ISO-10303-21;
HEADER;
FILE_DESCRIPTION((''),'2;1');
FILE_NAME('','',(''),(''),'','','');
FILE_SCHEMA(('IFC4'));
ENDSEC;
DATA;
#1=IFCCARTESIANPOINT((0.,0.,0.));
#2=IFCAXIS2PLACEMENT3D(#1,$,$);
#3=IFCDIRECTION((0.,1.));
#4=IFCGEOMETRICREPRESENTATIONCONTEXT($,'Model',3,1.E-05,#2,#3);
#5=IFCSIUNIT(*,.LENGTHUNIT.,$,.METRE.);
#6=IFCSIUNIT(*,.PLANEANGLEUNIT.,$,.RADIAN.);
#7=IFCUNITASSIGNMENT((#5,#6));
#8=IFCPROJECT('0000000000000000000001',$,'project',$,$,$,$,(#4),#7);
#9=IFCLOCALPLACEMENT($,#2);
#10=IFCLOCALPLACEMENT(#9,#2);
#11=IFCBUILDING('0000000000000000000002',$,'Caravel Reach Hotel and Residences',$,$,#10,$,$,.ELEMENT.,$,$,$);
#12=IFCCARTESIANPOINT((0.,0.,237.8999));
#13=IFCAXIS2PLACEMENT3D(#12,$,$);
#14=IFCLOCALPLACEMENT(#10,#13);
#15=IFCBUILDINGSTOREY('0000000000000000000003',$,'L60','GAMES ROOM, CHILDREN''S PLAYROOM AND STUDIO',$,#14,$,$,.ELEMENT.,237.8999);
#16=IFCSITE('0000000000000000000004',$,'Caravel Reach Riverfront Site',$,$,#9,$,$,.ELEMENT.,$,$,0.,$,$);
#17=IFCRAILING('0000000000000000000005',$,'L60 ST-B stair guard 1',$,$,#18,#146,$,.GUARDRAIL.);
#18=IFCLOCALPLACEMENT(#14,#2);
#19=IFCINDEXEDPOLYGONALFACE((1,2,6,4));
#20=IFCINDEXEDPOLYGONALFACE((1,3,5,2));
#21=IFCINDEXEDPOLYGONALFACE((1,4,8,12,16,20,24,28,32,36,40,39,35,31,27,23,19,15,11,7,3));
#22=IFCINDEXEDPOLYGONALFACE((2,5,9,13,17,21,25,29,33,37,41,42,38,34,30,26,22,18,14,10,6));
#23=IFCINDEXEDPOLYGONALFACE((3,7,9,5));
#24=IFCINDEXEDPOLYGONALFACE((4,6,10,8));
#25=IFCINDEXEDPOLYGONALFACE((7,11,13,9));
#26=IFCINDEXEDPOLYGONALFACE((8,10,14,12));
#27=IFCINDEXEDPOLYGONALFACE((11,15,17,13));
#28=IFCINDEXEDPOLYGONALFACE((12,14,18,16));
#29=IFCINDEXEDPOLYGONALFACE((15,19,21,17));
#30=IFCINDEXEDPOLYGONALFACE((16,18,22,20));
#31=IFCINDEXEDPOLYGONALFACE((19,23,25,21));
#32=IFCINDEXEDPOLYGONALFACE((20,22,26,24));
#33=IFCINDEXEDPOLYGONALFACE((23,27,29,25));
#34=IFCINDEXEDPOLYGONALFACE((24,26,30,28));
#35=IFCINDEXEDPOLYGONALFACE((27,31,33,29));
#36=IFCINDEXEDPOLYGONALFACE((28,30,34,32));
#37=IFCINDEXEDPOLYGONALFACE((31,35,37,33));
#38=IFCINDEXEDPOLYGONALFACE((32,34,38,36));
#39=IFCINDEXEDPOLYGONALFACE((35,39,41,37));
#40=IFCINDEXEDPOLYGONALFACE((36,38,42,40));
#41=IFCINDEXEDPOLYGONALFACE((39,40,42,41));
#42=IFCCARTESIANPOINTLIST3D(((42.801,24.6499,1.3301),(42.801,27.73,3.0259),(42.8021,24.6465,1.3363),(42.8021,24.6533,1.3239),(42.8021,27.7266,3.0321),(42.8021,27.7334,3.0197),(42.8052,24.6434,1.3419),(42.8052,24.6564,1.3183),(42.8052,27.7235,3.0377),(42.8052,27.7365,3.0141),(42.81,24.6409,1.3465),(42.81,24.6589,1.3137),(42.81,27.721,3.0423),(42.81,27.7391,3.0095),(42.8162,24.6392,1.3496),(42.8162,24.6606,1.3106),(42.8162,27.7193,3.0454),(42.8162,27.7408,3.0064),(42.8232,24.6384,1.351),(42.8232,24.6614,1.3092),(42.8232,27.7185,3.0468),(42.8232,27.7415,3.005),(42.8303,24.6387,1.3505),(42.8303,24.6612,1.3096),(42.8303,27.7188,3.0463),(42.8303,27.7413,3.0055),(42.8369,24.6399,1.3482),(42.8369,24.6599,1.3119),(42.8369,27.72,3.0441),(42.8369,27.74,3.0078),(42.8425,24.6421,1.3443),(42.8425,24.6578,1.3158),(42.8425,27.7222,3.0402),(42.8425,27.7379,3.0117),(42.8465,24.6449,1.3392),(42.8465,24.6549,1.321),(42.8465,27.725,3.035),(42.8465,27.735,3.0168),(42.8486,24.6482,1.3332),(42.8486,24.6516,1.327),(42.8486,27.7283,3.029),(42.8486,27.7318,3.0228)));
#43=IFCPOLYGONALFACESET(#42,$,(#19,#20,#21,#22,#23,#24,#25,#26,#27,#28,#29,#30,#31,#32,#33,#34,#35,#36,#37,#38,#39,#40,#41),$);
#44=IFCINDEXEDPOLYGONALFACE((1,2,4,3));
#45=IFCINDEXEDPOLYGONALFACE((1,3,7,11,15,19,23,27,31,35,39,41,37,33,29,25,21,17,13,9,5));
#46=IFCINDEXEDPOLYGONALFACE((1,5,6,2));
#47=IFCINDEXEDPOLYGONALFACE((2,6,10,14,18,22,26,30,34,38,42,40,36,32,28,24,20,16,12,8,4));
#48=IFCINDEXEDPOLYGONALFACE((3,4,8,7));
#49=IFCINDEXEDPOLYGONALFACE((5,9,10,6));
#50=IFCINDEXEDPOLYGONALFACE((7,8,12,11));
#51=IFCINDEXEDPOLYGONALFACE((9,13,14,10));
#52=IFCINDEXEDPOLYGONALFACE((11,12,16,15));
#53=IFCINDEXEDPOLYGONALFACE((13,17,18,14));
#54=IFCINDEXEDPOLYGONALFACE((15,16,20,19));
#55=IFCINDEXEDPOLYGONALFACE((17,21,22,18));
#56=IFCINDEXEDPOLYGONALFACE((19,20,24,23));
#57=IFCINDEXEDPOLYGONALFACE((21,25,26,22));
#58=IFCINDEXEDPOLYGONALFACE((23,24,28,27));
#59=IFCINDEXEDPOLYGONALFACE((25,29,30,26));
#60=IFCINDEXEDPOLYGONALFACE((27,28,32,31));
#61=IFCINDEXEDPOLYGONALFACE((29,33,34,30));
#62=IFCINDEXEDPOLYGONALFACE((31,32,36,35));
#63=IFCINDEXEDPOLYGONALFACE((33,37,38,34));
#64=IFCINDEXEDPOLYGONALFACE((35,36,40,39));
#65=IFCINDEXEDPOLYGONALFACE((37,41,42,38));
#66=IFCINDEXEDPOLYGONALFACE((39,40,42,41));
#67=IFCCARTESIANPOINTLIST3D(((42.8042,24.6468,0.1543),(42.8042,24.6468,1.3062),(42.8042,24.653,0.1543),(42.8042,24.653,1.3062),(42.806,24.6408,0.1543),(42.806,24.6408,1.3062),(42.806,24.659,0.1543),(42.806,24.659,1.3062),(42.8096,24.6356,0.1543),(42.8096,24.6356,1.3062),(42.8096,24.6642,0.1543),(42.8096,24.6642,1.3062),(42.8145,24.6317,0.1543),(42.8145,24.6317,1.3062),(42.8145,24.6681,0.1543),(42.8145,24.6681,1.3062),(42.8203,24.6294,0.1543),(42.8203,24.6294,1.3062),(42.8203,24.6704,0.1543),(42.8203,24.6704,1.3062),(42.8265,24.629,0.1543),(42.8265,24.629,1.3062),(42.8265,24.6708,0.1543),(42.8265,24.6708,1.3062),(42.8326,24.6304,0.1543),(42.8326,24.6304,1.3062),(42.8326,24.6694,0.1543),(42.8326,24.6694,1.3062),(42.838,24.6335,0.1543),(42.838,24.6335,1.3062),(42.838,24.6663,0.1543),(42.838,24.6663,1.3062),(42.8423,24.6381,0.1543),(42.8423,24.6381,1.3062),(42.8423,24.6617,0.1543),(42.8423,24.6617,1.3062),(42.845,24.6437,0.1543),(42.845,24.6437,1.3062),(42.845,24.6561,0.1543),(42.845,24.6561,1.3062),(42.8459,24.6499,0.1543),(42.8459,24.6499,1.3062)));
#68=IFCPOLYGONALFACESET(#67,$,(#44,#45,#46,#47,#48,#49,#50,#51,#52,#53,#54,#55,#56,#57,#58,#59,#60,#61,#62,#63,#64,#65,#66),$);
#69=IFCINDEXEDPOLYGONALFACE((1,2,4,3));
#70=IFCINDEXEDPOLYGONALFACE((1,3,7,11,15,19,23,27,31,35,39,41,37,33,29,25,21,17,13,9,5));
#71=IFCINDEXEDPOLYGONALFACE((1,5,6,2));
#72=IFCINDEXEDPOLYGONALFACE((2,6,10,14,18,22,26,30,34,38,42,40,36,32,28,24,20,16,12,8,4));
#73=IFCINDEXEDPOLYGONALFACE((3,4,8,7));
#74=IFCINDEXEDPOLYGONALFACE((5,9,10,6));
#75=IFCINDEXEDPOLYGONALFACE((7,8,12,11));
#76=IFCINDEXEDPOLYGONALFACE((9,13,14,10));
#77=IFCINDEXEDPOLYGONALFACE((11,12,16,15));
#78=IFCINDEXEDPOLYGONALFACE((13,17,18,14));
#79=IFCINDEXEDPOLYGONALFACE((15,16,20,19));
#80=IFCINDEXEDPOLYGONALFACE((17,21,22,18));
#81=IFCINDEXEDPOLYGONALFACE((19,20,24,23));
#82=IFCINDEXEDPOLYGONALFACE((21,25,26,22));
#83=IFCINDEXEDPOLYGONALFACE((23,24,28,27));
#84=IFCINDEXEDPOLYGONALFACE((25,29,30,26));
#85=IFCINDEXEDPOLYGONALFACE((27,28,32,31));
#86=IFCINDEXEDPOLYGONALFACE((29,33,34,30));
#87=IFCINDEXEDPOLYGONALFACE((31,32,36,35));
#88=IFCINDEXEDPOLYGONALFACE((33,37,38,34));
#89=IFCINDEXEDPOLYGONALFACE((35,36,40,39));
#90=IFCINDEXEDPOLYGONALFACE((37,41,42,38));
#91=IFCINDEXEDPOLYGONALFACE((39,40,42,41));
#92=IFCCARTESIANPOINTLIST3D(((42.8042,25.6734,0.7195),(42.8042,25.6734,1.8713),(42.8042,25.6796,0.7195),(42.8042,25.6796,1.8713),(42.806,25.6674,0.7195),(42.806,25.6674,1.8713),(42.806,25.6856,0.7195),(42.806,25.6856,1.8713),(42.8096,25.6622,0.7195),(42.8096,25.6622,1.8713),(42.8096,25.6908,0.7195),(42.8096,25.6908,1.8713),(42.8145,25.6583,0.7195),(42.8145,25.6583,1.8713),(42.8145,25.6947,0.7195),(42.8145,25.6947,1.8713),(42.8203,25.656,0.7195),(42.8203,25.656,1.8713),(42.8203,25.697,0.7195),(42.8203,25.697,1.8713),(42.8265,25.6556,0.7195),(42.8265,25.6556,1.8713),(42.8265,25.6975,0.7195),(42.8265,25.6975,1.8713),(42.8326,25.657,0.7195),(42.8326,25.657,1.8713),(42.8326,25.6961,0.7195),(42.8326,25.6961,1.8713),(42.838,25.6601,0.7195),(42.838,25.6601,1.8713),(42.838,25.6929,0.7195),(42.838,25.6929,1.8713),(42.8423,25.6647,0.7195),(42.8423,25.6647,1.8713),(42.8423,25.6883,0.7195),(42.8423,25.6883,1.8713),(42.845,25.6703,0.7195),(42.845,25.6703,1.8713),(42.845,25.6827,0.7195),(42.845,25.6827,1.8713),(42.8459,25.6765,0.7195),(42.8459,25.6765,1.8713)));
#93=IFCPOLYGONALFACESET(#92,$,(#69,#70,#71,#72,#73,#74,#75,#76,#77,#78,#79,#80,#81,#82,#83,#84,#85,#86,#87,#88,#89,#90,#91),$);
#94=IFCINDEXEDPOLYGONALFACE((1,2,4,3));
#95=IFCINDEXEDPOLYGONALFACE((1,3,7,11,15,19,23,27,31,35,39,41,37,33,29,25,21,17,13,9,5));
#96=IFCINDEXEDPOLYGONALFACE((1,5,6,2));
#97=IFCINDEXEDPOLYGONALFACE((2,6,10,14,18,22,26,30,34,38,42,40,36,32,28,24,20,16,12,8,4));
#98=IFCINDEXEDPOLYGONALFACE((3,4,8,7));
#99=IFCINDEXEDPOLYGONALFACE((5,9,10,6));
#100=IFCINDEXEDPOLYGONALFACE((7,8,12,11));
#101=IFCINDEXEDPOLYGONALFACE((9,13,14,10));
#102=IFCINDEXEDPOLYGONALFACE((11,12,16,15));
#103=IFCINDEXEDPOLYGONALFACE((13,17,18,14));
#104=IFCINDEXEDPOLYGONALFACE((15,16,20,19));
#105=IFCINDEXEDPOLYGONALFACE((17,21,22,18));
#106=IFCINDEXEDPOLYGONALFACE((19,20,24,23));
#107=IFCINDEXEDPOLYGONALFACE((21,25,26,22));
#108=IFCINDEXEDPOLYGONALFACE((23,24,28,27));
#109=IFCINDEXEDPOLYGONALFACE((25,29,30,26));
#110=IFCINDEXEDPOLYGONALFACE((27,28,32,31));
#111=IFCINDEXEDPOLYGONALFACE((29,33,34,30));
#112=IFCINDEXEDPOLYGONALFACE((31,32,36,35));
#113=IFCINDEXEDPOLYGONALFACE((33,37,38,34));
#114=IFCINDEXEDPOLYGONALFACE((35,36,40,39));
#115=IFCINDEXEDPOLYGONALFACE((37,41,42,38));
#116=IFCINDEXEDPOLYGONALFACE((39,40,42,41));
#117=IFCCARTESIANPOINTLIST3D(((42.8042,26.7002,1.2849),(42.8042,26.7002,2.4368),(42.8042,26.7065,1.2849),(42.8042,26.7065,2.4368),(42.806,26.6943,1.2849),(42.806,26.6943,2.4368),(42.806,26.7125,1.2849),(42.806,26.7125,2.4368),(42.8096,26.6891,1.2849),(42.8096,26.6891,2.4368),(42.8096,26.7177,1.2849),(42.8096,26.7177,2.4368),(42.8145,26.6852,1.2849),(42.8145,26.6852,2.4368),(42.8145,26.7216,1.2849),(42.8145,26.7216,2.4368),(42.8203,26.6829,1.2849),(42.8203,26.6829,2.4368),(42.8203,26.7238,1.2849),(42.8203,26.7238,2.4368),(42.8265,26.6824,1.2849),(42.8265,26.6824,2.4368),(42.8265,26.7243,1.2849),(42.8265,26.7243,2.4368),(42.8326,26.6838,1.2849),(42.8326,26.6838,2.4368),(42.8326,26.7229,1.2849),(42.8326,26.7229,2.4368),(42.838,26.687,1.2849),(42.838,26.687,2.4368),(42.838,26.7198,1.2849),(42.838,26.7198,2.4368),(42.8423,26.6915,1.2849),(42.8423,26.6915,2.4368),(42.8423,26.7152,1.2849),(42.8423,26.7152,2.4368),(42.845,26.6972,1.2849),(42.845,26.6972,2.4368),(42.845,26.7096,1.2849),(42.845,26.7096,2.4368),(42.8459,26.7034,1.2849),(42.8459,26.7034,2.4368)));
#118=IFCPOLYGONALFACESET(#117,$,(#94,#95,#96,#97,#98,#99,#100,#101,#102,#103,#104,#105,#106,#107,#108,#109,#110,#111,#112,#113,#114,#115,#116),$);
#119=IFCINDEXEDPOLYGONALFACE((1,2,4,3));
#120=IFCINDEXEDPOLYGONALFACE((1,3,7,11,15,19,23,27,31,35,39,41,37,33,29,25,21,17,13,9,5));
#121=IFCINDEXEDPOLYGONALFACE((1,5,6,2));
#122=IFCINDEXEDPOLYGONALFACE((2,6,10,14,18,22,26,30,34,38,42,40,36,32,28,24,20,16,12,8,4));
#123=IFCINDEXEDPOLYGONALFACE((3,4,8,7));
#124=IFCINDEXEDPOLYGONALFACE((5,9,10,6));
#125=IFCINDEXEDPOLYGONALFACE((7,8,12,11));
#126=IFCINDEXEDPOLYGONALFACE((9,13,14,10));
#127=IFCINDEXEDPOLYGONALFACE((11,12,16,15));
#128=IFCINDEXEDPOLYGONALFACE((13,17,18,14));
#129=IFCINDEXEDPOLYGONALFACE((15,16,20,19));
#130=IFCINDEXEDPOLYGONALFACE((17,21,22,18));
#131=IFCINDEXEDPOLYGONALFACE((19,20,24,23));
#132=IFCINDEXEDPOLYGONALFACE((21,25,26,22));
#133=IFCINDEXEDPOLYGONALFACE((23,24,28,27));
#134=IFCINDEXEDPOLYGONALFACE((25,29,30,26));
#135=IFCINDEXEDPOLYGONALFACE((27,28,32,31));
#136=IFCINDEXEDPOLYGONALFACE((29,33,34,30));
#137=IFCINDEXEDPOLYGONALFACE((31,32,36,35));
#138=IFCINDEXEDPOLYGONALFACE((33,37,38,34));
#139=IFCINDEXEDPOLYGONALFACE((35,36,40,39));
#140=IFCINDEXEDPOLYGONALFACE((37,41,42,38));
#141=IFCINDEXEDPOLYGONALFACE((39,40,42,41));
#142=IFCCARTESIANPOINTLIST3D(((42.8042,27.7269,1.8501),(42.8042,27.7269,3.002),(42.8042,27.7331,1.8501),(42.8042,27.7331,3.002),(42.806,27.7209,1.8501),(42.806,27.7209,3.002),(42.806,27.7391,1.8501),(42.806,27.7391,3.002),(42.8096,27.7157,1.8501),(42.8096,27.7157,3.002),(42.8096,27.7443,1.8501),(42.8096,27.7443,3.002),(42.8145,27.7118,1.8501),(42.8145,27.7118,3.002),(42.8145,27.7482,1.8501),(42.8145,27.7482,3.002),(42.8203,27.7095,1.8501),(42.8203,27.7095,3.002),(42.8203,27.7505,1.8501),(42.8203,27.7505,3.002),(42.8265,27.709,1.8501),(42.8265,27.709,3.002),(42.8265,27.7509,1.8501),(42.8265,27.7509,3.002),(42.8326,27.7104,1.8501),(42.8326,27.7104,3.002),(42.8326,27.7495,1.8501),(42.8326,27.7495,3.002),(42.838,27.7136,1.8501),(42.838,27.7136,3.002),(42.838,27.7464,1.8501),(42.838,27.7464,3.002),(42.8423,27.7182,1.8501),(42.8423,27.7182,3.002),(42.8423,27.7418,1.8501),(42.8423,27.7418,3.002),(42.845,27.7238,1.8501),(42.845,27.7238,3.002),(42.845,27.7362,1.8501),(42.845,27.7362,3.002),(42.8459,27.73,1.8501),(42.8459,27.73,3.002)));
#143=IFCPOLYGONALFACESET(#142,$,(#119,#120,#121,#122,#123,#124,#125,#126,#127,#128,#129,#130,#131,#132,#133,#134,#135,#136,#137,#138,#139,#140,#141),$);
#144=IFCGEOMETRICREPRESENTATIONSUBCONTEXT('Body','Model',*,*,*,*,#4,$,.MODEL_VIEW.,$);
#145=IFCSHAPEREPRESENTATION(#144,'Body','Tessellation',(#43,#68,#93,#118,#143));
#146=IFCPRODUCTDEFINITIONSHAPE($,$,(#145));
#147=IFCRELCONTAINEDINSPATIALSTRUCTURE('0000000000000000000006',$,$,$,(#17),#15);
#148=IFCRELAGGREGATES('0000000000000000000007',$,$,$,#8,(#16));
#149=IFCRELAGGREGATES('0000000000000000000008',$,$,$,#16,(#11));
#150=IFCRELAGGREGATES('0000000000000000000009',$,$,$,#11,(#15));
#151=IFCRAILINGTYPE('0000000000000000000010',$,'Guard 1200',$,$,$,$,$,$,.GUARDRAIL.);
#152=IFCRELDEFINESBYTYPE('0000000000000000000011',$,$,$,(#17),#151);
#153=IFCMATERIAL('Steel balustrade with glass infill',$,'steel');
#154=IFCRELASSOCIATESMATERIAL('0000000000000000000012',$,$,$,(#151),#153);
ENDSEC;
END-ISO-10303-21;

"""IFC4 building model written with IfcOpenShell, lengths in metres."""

from ifc_helpers import new_model, si_unit, direction, frame, origin, origin_2d, place, context, subcontext, project, spatial, circle, extrude, material, type_object, element, save


model = new_model("IFC4")

# Units and contexts
model_context = context("Model", 3, precision=1e-05, world=origin(), true_north=direction((0.0, 1.0)))
body_context = subcontext(model_context, "Body", "Model", "MODEL_VIEW")
ifc_project = project(units=[si_unit("LENGTHUNIT", "METRE"), si_unit("PLANEANGLEUNIT", "RADIAN")], contexts=[model_context])

# Site, building, storey
site_placement = place(None, origin())
site = spatial("IfcSite", under=ifc_project, at=site_placement, Name="Caravel Reach Riverfront Site", CompositionType="ELEMENT", RefElevation=0.0)
building_placement = place(site_placement, origin())
building = spatial("IfcBuilding", under=site, at=building_placement, Name="Caravel Reach Hotel and Residences", CompositionType="ELEMENT")
storey_placement = place(building_placement, frame((0.0, 0.0, 237.8999)))
storey = spatial("IfcBuildingStorey", under=building, at=storey_placement, Name="L60", Description="GAMES ROOM, CHILDREN'S PLAYROOM AND STUDIO", CompositionType="ELEMENT", Elevation=237.8999)

# Railing
ifc_material_1 = material(Name="Steel balustrade with glass infill", Category="steel")
railing_type_1 = type_object("IfcRailingType", Name="Guard 1200", PredefinedType="GUARDRAIL", material=ifc_material_1)
railing_1_placement = place(storey_placement, frame((42.825, 24.6499, 0.1543)))
element("IfcRailing", 1, at=railing_1_placement, inside=storey, type_object=railing_type_1, Name="L60 ST-B stair guard 1", PredefinedType="GUARDRAIL", context=body_context, shape_type="SweptSolid", body=[
    extrude(circle(Radius=0.0239, at=origin_2d()), frame((0.0, 0.0, 1.1758), z_axis=(0.0, 0.876005, 0.482303), x_axis=(-1.0, 0.0, 0.0)), (0.0, 0.0, 1.0), 3.5161),
    extrude(circle(Radius=0.021, at=origin_2d()), origin(), (0.0, 0.0, 1.0), 1.1519),
    extrude(circle(Radius=0.021, at=origin_2d()), frame((0.0, 1.0266, 0.5652)), (0.0, 0.0, 1.0), 1.1519),
    extrude(circle(Radius=0.021, at=origin_2d()), frame((0.0, 2.0535, 1.1306)), (0.0, 0.0, 1.0), 1.1519),
    extrude(circle(Radius=0.021, at=origin_2d()), frame((0.0, 3.0801, 1.6958)), (0.0, 0.0, 1.0), 1.1519),
])

save(model, "model.ifc")
